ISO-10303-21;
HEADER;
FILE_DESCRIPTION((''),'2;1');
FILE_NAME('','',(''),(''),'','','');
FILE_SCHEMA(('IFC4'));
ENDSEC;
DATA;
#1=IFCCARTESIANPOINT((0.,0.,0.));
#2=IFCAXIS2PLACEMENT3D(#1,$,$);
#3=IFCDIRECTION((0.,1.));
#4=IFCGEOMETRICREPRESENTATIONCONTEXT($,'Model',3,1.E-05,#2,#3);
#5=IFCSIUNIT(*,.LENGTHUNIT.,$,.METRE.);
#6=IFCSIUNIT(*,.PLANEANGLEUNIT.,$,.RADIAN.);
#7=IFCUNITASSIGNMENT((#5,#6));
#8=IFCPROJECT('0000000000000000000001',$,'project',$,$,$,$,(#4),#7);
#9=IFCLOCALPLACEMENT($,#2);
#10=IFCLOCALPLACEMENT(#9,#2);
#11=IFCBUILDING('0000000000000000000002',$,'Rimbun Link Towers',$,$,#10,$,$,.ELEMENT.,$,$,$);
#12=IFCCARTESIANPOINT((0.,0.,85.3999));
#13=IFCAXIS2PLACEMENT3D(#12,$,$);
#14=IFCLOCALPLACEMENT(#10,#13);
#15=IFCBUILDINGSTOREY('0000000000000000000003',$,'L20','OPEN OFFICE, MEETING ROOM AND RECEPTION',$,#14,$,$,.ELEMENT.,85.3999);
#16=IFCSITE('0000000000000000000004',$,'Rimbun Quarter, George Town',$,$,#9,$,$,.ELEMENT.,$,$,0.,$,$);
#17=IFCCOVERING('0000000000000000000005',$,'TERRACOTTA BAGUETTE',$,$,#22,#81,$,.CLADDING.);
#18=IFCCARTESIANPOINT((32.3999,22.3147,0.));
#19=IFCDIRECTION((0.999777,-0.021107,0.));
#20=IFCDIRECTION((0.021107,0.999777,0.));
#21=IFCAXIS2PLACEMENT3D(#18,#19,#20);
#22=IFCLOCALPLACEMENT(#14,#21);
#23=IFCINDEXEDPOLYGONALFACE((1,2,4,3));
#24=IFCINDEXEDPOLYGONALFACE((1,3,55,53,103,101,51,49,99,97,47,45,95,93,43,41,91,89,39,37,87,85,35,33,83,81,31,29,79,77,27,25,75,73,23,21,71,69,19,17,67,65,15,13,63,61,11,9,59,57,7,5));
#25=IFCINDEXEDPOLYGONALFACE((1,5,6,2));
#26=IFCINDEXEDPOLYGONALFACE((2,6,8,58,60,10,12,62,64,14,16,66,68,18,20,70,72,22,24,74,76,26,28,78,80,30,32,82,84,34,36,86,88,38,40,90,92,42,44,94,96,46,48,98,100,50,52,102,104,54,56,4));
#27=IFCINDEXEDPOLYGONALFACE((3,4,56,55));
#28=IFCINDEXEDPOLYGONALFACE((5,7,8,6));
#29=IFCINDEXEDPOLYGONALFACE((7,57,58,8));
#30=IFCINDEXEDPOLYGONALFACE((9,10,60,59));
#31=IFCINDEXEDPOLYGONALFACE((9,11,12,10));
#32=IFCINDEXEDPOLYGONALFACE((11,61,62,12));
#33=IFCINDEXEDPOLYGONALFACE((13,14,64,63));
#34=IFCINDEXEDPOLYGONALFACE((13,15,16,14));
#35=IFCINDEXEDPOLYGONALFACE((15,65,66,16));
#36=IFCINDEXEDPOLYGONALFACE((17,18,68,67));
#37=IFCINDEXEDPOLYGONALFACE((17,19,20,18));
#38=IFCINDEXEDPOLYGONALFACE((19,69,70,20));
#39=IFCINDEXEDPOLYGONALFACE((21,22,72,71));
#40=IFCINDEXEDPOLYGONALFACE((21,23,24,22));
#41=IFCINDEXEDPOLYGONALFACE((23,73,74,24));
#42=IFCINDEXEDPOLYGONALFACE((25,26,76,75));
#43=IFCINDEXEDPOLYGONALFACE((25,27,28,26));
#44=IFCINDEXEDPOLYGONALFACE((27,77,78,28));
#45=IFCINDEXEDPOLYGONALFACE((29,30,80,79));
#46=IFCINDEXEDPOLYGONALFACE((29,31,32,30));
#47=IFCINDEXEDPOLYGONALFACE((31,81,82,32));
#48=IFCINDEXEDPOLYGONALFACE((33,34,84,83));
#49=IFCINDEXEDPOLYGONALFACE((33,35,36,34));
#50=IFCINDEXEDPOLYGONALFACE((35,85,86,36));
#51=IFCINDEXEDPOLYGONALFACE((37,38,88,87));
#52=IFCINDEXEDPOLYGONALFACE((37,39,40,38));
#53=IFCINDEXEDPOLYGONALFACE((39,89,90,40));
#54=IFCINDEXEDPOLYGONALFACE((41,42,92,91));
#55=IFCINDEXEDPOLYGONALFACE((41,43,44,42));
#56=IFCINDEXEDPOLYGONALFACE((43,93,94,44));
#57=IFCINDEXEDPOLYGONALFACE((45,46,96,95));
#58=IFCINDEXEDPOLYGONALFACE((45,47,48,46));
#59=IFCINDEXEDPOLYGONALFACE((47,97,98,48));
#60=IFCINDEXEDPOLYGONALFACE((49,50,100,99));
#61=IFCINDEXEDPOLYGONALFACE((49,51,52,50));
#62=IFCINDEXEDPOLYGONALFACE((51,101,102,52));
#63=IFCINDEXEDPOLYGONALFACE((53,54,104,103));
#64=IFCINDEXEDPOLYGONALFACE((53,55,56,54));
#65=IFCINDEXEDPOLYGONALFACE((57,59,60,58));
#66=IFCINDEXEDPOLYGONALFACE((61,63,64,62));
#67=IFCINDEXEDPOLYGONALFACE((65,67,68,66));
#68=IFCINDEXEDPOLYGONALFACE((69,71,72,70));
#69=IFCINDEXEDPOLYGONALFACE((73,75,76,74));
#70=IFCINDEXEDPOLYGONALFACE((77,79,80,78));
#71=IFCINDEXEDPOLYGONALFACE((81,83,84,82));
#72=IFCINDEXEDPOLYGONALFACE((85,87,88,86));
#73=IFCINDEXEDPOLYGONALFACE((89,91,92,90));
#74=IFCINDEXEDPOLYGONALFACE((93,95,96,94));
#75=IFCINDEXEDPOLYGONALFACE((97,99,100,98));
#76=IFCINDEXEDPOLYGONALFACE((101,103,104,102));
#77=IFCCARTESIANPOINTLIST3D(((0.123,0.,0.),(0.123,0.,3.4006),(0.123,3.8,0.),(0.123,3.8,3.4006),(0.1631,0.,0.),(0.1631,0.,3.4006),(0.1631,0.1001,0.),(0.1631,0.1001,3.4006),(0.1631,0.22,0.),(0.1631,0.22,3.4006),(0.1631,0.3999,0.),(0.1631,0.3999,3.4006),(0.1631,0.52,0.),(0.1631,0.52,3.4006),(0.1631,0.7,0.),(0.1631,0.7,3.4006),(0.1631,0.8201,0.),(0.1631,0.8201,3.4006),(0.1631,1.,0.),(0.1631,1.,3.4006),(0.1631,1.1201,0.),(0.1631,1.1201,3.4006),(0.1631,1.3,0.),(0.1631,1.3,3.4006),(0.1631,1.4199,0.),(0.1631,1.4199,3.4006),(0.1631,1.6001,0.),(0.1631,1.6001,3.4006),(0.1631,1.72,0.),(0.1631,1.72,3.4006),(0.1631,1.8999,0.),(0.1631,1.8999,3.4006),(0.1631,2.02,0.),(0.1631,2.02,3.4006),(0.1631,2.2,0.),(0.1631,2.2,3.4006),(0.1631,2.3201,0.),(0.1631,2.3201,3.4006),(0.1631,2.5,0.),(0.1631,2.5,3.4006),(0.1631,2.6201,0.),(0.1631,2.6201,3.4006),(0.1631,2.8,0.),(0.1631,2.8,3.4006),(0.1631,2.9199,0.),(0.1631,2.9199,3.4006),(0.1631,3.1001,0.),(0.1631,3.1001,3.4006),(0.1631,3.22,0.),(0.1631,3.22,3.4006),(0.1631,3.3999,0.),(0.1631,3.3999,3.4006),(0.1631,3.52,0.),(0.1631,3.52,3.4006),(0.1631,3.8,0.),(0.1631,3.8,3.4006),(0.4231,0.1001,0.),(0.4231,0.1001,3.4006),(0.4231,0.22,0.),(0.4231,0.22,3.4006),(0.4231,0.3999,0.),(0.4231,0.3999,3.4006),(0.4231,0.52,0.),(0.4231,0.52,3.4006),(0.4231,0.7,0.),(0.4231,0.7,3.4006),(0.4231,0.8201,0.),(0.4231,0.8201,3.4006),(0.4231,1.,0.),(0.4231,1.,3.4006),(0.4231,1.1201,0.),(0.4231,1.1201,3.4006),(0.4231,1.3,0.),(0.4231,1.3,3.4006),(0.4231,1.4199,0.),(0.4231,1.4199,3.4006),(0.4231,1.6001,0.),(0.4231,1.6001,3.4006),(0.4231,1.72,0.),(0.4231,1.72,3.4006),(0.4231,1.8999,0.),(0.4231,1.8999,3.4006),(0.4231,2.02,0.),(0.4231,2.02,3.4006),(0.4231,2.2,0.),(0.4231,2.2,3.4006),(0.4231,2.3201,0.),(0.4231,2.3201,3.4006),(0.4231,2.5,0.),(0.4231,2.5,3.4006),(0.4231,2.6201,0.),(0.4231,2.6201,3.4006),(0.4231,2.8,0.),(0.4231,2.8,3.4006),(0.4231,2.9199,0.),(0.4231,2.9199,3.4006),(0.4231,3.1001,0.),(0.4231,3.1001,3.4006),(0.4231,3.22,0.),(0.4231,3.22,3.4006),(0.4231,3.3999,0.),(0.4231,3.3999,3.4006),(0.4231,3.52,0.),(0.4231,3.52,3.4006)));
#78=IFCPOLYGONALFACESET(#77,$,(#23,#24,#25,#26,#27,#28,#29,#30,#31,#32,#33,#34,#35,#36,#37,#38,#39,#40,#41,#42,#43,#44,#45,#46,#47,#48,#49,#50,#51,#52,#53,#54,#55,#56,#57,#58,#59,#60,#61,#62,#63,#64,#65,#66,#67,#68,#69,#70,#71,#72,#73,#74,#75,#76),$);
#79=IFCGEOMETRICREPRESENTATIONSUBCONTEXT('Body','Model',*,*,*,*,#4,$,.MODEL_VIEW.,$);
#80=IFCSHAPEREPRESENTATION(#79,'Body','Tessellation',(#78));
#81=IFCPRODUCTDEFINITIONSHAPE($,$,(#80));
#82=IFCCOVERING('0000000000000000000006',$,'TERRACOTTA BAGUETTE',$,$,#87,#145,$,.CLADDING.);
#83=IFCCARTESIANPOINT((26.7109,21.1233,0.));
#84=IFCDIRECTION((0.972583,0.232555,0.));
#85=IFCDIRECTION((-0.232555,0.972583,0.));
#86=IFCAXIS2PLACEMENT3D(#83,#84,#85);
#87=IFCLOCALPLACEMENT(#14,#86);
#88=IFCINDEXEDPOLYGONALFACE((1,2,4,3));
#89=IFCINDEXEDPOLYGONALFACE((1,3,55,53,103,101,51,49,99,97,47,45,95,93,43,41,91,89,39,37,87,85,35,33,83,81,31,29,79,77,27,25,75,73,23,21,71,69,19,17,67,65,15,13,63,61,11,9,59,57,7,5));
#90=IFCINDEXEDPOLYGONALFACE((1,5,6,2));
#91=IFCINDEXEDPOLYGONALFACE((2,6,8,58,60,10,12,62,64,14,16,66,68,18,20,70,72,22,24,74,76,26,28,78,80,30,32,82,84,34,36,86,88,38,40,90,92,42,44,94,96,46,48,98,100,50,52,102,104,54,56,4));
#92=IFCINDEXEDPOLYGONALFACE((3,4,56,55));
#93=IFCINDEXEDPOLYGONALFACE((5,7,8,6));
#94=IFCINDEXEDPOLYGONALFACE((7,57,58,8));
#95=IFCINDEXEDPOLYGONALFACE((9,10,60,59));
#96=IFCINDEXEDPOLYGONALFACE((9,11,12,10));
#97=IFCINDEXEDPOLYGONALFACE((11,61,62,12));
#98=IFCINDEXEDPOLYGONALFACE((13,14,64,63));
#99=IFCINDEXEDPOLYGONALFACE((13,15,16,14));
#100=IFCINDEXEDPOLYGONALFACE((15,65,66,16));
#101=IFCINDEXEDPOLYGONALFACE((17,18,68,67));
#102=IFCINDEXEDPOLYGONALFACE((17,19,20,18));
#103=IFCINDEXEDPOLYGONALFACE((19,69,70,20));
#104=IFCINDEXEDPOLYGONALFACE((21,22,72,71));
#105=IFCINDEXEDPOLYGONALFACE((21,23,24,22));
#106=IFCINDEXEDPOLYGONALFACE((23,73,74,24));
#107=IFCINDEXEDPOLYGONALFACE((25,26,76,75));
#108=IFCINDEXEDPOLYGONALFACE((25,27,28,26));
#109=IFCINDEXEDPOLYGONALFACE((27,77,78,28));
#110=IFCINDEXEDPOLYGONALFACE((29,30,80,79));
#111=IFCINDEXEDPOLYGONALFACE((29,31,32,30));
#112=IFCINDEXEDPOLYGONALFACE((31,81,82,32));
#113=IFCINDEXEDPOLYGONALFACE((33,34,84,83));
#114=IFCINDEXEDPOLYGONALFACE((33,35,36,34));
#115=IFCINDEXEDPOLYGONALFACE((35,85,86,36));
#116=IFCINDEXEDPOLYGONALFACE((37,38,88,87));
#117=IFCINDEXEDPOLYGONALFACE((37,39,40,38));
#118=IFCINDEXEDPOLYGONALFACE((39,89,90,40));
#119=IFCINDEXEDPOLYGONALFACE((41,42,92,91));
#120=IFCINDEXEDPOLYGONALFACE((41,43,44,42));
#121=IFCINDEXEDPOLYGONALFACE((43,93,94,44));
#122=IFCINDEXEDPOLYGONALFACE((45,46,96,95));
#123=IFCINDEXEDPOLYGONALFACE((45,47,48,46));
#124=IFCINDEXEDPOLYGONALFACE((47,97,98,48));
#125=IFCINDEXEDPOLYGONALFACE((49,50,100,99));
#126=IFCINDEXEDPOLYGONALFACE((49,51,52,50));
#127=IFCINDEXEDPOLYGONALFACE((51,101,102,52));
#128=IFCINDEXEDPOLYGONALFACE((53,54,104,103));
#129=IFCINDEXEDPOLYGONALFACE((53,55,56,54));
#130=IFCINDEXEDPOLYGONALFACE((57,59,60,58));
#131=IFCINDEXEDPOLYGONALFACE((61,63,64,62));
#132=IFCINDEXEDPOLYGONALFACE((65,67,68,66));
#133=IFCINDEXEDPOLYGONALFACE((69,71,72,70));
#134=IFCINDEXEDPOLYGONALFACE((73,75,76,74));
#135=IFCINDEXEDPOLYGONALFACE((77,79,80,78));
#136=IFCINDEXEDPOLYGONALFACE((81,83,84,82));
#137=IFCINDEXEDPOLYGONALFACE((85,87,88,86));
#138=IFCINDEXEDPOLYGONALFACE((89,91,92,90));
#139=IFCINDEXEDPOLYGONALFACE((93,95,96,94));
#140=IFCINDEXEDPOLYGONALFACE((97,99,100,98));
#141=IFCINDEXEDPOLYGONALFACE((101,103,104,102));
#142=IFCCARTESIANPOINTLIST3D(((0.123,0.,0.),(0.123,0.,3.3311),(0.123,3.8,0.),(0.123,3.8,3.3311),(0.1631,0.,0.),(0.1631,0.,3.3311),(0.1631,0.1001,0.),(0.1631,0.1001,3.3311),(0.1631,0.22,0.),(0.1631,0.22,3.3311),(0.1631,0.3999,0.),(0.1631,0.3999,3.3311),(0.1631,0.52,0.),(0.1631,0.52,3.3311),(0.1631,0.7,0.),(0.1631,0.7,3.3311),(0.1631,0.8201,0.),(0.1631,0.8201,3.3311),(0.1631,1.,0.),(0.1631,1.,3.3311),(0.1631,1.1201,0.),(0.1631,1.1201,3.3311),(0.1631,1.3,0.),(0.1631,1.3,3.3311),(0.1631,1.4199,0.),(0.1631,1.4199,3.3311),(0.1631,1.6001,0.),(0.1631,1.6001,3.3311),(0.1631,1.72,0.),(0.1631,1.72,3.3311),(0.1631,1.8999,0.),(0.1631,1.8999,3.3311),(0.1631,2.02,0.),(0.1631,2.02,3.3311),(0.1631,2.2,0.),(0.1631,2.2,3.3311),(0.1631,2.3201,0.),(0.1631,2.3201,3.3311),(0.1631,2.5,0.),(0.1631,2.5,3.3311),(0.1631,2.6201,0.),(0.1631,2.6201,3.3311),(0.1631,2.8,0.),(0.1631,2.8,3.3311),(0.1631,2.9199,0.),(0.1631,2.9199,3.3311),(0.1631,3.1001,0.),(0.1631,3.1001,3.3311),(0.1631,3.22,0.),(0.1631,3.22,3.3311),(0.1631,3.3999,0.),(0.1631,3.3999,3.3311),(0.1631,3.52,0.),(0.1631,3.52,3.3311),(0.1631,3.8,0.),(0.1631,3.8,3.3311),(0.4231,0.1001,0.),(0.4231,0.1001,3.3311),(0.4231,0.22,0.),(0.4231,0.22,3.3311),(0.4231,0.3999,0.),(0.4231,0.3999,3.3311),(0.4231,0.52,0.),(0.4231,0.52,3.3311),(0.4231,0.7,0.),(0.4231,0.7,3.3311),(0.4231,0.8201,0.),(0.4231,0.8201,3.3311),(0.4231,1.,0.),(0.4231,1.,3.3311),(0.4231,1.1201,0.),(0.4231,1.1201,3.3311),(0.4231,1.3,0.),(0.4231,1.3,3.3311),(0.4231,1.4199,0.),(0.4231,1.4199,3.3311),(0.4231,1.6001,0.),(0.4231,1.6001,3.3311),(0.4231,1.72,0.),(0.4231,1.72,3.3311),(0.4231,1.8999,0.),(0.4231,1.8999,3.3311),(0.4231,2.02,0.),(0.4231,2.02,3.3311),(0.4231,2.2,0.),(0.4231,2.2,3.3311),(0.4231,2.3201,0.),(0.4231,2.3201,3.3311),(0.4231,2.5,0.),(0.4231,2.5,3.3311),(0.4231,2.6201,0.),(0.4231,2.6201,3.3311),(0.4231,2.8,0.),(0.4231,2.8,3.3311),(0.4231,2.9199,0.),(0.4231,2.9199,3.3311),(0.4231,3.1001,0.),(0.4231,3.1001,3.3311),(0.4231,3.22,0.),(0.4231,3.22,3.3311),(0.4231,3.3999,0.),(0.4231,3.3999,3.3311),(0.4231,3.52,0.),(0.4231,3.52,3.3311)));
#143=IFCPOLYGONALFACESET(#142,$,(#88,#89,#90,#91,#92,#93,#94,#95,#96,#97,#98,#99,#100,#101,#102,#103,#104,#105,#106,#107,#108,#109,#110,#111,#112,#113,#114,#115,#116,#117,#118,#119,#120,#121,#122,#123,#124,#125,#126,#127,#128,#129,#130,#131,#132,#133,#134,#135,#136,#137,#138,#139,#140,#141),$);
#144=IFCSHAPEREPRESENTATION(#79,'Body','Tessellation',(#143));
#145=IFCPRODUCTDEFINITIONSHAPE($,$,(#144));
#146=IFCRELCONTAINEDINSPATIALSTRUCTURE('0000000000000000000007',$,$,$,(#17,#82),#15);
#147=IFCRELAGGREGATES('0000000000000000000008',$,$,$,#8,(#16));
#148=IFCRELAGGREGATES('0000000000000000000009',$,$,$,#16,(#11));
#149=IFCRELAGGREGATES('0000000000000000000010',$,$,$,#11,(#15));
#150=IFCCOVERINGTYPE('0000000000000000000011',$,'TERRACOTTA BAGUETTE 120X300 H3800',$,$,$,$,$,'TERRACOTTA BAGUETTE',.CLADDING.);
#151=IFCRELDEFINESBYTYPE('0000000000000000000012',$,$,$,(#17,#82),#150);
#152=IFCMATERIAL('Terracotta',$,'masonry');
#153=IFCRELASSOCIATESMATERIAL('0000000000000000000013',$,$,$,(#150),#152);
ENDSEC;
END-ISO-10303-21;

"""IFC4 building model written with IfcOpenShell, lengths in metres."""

from ifc_helpers import new_model, si_unit, direction, frame, origin, place, context, subcontext, project, spatial, polyline, outline, extrude, material, material_profile, profile_set, type_object, element, save


model = new_model("IFC4")

# Units and contexts
model_context = context("Model", 3, precision=1e-05, world=origin(), true_north=direction((0.0, 1.0)))
body_context = subcontext(model_context, "Body", "Model", "MODEL_VIEW")
ifc_project = project(units=[si_unit("LENGTHUNIT", "METRE"), si_unit("PLANEANGLEUNIT", "RADIAN")], contexts=[model_context])

# Site, building, storey
site_placement = place(None, origin())
site = spatial("IfcSite", under=ifc_project, at=site_placement, Name="Rimbun Quarter, George Town", CompositionType="ELEMENT", RefElevation=0.0)
building_placement = place(site_placement, origin())
building = spatial("IfcBuilding", under=site, at=building_placement, Name="Rimbun Link Towers", CompositionType="ELEMENT")
storey_placement = place(building_placement, frame((0.0, 0.0, 85.3999)))
storey = spatial("IfcBuildingStorey", under=building, at=storey_placement, Name="L20", Description="OPEN OFFICE, MEETING ROOM AND RECEPTION", CompositionType="ELEMENT", Elevation=85.3999)

# Coverings
ifc_material_1 = material(Name="Terracotta", Category="masonry")
ifc_material_profile_1 = material_profile(ifc_material_1, outline(polyline([(0.123, 0.0), (0.1631, 0.0), (0.1631, 0.1001), (0.4231, 0.1001), (0.4231, 0.22), (0.1631, 0.22), (0.1631, 0.3999), (0.4231, 0.3999), (0.4231, 0.52), (0.1631, 0.52), (0.1631, 0.7), (0.4231, 0.7), (0.4231, 0.8201), (0.1631, 0.8201), (0.1631, 1.0), (0.4231, 1.0), (0.4231, 1.1201), (0.1631, 1.1201), (0.1631, 1.3), (0.4231, 1.3), (0.4231, 1.4199), (0.1631, 1.4199), (0.1631, 1.6001), (0.4231, 1.6001), (0.4231, 1.72), (0.1631, 1.72), (0.1631, 1.8999), (0.4231, 1.8999), (0.4231, 2.02), (0.1631, 2.02), (0.1631, 2.2), (0.4231, 2.2), (0.4231, 2.3201), (0.1631, 2.3201), (0.1631, 2.5), (0.4231, 2.5), (0.4231, 2.6201), (0.1631, 2.6201), (0.1631, 2.8), (0.4231, 2.8), (0.4231, 2.9199), (0.1631, 2.9199), (0.1631, 3.1001), (0.4231, 3.1001), (0.4231, 3.22), (0.1631, 3.22), (0.1631, 3.3999), (0.4231, 3.3999), (0.4231, 3.52), (0.1631, 3.52), (0.1631, 3.8), (0.123, 3.8), (0.123, 0.0)])), Name="BAGUETTE 120X300")
ifc_profile_set_1 = profile_set([ifc_material_profile_1], Name="Terracotta")
covering_type = type_object("IfcCoveringType", Name="TERRACOTTA BAGUETTE 120X300 H3800", ElementType="TERRACOTTA BAGUETTE", PredefinedType="CLADDING", material=ifc_profile_set_1)
covering_1_placement = place(storey_placement, frame((32.3999, 22.3147, 0.0), z_axis=(0.999777, -0.021107, 0.0), x_axis=(0.021107, 0.999777, 0.0)))
element("IfcCovering", 1, at=covering_1_placement, inside=storey, type_object=covering_type, Name="TERRACOTTA BAGUETTE", PredefinedType="CLADDING", context=body_context, shape_type="SweptSolid", body=[
    extrude(outline(polyline([(0.123, 0.0), (0.1631, 0.0), (0.1631, 0.1001), (0.4231, 0.1001), (0.4231, 0.22), (0.1631, 0.22), (0.1631, 0.3999), (0.4231, 0.3999), (0.4231, 0.52), (0.1631, 0.52), (0.1631, 0.7), (0.4231, 0.7), (0.4231, 0.8201), (0.1631, 0.8201), (0.1631, 1.0), (0.4231, 1.0), (0.4231, 1.1201), (0.1631, 1.1201), (0.1631, 1.3), (0.4231, 1.3), (0.4231, 1.4199), (0.1631, 1.4199), (0.1631, 1.6001), (0.4231, 1.6001), (0.4231, 1.72), (0.1631, 1.72), (0.1631, 1.8999), (0.4231, 1.8999), (0.4231, 2.02), (0.1631, 2.02), (0.1631, 2.2), (0.4231, 2.2), (0.4231, 2.3201), (0.1631, 2.3201), (0.1631, 2.5), (0.4231, 2.5), (0.4231, 2.6201), (0.1631, 2.6201), (0.1631, 2.8), (0.4231, 2.8), (0.4231, 2.9199), (0.1631, 2.9199), (0.1631, 3.1001), (0.4231, 3.1001), (0.4231, 3.22), (0.1631, 3.22), (0.1631, 3.3999), (0.4231, 3.3999), (0.4231, 3.52), (0.1631, 3.52), (0.1631, 3.8), (0.123, 3.8), (0.123, 0.0)])), origin(), (0.0, 0.0, 1.0), 3.4006),
])
covering_2_placement = place(storey_placement, frame((26.7109, 21.1233, 0.0), z_axis=(0.972583, 0.232555, 0.0), x_axis=(-0.232555, 0.972583, 0.0)))
element("IfcCovering", 2, at=covering_2_placement, inside=storey, type_object=covering_type, Name="TERRACOTTA BAGUETTE", PredefinedType="CLADDING", context=body_context, shape_type="SweptSolid", body=[
    extrude(outline(polyline([(0.123, 0.0), (0.1631, 0.0), (0.1631, 0.1001), (0.4231, 0.1001), (0.4231, 0.22), (0.1631, 0.22), (0.1631, 0.3999), (0.4231, 0.3999), (0.4231, 0.52), (0.1631, 0.52), (0.1631, 0.7), (0.4231, 0.7), (0.4231, 0.8201), (0.1631, 0.8201), (0.1631, 1.0), (0.4231, 1.0), (0.4231, 1.1201), (0.1631, 1.1201), (0.1631, 1.3), (0.4231, 1.3), (0.4231, 1.4199), (0.1631, 1.4199), (0.1631, 1.6001), (0.4231, 1.6001), (0.4231, 1.72), (0.1631, 1.72), (0.1631, 1.8999), (0.4231, 1.8999), (0.4231, 2.02), (0.1631, 2.02), (0.1631, 2.2), (0.4231, 2.2), (0.4231, 2.3201), (0.1631, 2.3201), (0.1631, 2.5), (0.4231, 2.5), (0.4231, 2.6201), (0.1631, 2.6201), (0.1631, 2.8), (0.4231, 2.8), (0.4231, 2.9199), (0.1631, 2.9199), (0.1631, 3.1001), (0.4231, 3.1001), (0.4231, 3.22), (0.1631, 3.22), (0.1631, 3.3999), (0.4231, 3.3999), (0.4231, 3.52), (0.1631, 3.52), (0.1631, 3.8), (0.123, 3.8), (0.123, 0.0)])), origin(), (0.0, 0.0, 1.0), 3.3311),
])

save(model, "model.ifc")
